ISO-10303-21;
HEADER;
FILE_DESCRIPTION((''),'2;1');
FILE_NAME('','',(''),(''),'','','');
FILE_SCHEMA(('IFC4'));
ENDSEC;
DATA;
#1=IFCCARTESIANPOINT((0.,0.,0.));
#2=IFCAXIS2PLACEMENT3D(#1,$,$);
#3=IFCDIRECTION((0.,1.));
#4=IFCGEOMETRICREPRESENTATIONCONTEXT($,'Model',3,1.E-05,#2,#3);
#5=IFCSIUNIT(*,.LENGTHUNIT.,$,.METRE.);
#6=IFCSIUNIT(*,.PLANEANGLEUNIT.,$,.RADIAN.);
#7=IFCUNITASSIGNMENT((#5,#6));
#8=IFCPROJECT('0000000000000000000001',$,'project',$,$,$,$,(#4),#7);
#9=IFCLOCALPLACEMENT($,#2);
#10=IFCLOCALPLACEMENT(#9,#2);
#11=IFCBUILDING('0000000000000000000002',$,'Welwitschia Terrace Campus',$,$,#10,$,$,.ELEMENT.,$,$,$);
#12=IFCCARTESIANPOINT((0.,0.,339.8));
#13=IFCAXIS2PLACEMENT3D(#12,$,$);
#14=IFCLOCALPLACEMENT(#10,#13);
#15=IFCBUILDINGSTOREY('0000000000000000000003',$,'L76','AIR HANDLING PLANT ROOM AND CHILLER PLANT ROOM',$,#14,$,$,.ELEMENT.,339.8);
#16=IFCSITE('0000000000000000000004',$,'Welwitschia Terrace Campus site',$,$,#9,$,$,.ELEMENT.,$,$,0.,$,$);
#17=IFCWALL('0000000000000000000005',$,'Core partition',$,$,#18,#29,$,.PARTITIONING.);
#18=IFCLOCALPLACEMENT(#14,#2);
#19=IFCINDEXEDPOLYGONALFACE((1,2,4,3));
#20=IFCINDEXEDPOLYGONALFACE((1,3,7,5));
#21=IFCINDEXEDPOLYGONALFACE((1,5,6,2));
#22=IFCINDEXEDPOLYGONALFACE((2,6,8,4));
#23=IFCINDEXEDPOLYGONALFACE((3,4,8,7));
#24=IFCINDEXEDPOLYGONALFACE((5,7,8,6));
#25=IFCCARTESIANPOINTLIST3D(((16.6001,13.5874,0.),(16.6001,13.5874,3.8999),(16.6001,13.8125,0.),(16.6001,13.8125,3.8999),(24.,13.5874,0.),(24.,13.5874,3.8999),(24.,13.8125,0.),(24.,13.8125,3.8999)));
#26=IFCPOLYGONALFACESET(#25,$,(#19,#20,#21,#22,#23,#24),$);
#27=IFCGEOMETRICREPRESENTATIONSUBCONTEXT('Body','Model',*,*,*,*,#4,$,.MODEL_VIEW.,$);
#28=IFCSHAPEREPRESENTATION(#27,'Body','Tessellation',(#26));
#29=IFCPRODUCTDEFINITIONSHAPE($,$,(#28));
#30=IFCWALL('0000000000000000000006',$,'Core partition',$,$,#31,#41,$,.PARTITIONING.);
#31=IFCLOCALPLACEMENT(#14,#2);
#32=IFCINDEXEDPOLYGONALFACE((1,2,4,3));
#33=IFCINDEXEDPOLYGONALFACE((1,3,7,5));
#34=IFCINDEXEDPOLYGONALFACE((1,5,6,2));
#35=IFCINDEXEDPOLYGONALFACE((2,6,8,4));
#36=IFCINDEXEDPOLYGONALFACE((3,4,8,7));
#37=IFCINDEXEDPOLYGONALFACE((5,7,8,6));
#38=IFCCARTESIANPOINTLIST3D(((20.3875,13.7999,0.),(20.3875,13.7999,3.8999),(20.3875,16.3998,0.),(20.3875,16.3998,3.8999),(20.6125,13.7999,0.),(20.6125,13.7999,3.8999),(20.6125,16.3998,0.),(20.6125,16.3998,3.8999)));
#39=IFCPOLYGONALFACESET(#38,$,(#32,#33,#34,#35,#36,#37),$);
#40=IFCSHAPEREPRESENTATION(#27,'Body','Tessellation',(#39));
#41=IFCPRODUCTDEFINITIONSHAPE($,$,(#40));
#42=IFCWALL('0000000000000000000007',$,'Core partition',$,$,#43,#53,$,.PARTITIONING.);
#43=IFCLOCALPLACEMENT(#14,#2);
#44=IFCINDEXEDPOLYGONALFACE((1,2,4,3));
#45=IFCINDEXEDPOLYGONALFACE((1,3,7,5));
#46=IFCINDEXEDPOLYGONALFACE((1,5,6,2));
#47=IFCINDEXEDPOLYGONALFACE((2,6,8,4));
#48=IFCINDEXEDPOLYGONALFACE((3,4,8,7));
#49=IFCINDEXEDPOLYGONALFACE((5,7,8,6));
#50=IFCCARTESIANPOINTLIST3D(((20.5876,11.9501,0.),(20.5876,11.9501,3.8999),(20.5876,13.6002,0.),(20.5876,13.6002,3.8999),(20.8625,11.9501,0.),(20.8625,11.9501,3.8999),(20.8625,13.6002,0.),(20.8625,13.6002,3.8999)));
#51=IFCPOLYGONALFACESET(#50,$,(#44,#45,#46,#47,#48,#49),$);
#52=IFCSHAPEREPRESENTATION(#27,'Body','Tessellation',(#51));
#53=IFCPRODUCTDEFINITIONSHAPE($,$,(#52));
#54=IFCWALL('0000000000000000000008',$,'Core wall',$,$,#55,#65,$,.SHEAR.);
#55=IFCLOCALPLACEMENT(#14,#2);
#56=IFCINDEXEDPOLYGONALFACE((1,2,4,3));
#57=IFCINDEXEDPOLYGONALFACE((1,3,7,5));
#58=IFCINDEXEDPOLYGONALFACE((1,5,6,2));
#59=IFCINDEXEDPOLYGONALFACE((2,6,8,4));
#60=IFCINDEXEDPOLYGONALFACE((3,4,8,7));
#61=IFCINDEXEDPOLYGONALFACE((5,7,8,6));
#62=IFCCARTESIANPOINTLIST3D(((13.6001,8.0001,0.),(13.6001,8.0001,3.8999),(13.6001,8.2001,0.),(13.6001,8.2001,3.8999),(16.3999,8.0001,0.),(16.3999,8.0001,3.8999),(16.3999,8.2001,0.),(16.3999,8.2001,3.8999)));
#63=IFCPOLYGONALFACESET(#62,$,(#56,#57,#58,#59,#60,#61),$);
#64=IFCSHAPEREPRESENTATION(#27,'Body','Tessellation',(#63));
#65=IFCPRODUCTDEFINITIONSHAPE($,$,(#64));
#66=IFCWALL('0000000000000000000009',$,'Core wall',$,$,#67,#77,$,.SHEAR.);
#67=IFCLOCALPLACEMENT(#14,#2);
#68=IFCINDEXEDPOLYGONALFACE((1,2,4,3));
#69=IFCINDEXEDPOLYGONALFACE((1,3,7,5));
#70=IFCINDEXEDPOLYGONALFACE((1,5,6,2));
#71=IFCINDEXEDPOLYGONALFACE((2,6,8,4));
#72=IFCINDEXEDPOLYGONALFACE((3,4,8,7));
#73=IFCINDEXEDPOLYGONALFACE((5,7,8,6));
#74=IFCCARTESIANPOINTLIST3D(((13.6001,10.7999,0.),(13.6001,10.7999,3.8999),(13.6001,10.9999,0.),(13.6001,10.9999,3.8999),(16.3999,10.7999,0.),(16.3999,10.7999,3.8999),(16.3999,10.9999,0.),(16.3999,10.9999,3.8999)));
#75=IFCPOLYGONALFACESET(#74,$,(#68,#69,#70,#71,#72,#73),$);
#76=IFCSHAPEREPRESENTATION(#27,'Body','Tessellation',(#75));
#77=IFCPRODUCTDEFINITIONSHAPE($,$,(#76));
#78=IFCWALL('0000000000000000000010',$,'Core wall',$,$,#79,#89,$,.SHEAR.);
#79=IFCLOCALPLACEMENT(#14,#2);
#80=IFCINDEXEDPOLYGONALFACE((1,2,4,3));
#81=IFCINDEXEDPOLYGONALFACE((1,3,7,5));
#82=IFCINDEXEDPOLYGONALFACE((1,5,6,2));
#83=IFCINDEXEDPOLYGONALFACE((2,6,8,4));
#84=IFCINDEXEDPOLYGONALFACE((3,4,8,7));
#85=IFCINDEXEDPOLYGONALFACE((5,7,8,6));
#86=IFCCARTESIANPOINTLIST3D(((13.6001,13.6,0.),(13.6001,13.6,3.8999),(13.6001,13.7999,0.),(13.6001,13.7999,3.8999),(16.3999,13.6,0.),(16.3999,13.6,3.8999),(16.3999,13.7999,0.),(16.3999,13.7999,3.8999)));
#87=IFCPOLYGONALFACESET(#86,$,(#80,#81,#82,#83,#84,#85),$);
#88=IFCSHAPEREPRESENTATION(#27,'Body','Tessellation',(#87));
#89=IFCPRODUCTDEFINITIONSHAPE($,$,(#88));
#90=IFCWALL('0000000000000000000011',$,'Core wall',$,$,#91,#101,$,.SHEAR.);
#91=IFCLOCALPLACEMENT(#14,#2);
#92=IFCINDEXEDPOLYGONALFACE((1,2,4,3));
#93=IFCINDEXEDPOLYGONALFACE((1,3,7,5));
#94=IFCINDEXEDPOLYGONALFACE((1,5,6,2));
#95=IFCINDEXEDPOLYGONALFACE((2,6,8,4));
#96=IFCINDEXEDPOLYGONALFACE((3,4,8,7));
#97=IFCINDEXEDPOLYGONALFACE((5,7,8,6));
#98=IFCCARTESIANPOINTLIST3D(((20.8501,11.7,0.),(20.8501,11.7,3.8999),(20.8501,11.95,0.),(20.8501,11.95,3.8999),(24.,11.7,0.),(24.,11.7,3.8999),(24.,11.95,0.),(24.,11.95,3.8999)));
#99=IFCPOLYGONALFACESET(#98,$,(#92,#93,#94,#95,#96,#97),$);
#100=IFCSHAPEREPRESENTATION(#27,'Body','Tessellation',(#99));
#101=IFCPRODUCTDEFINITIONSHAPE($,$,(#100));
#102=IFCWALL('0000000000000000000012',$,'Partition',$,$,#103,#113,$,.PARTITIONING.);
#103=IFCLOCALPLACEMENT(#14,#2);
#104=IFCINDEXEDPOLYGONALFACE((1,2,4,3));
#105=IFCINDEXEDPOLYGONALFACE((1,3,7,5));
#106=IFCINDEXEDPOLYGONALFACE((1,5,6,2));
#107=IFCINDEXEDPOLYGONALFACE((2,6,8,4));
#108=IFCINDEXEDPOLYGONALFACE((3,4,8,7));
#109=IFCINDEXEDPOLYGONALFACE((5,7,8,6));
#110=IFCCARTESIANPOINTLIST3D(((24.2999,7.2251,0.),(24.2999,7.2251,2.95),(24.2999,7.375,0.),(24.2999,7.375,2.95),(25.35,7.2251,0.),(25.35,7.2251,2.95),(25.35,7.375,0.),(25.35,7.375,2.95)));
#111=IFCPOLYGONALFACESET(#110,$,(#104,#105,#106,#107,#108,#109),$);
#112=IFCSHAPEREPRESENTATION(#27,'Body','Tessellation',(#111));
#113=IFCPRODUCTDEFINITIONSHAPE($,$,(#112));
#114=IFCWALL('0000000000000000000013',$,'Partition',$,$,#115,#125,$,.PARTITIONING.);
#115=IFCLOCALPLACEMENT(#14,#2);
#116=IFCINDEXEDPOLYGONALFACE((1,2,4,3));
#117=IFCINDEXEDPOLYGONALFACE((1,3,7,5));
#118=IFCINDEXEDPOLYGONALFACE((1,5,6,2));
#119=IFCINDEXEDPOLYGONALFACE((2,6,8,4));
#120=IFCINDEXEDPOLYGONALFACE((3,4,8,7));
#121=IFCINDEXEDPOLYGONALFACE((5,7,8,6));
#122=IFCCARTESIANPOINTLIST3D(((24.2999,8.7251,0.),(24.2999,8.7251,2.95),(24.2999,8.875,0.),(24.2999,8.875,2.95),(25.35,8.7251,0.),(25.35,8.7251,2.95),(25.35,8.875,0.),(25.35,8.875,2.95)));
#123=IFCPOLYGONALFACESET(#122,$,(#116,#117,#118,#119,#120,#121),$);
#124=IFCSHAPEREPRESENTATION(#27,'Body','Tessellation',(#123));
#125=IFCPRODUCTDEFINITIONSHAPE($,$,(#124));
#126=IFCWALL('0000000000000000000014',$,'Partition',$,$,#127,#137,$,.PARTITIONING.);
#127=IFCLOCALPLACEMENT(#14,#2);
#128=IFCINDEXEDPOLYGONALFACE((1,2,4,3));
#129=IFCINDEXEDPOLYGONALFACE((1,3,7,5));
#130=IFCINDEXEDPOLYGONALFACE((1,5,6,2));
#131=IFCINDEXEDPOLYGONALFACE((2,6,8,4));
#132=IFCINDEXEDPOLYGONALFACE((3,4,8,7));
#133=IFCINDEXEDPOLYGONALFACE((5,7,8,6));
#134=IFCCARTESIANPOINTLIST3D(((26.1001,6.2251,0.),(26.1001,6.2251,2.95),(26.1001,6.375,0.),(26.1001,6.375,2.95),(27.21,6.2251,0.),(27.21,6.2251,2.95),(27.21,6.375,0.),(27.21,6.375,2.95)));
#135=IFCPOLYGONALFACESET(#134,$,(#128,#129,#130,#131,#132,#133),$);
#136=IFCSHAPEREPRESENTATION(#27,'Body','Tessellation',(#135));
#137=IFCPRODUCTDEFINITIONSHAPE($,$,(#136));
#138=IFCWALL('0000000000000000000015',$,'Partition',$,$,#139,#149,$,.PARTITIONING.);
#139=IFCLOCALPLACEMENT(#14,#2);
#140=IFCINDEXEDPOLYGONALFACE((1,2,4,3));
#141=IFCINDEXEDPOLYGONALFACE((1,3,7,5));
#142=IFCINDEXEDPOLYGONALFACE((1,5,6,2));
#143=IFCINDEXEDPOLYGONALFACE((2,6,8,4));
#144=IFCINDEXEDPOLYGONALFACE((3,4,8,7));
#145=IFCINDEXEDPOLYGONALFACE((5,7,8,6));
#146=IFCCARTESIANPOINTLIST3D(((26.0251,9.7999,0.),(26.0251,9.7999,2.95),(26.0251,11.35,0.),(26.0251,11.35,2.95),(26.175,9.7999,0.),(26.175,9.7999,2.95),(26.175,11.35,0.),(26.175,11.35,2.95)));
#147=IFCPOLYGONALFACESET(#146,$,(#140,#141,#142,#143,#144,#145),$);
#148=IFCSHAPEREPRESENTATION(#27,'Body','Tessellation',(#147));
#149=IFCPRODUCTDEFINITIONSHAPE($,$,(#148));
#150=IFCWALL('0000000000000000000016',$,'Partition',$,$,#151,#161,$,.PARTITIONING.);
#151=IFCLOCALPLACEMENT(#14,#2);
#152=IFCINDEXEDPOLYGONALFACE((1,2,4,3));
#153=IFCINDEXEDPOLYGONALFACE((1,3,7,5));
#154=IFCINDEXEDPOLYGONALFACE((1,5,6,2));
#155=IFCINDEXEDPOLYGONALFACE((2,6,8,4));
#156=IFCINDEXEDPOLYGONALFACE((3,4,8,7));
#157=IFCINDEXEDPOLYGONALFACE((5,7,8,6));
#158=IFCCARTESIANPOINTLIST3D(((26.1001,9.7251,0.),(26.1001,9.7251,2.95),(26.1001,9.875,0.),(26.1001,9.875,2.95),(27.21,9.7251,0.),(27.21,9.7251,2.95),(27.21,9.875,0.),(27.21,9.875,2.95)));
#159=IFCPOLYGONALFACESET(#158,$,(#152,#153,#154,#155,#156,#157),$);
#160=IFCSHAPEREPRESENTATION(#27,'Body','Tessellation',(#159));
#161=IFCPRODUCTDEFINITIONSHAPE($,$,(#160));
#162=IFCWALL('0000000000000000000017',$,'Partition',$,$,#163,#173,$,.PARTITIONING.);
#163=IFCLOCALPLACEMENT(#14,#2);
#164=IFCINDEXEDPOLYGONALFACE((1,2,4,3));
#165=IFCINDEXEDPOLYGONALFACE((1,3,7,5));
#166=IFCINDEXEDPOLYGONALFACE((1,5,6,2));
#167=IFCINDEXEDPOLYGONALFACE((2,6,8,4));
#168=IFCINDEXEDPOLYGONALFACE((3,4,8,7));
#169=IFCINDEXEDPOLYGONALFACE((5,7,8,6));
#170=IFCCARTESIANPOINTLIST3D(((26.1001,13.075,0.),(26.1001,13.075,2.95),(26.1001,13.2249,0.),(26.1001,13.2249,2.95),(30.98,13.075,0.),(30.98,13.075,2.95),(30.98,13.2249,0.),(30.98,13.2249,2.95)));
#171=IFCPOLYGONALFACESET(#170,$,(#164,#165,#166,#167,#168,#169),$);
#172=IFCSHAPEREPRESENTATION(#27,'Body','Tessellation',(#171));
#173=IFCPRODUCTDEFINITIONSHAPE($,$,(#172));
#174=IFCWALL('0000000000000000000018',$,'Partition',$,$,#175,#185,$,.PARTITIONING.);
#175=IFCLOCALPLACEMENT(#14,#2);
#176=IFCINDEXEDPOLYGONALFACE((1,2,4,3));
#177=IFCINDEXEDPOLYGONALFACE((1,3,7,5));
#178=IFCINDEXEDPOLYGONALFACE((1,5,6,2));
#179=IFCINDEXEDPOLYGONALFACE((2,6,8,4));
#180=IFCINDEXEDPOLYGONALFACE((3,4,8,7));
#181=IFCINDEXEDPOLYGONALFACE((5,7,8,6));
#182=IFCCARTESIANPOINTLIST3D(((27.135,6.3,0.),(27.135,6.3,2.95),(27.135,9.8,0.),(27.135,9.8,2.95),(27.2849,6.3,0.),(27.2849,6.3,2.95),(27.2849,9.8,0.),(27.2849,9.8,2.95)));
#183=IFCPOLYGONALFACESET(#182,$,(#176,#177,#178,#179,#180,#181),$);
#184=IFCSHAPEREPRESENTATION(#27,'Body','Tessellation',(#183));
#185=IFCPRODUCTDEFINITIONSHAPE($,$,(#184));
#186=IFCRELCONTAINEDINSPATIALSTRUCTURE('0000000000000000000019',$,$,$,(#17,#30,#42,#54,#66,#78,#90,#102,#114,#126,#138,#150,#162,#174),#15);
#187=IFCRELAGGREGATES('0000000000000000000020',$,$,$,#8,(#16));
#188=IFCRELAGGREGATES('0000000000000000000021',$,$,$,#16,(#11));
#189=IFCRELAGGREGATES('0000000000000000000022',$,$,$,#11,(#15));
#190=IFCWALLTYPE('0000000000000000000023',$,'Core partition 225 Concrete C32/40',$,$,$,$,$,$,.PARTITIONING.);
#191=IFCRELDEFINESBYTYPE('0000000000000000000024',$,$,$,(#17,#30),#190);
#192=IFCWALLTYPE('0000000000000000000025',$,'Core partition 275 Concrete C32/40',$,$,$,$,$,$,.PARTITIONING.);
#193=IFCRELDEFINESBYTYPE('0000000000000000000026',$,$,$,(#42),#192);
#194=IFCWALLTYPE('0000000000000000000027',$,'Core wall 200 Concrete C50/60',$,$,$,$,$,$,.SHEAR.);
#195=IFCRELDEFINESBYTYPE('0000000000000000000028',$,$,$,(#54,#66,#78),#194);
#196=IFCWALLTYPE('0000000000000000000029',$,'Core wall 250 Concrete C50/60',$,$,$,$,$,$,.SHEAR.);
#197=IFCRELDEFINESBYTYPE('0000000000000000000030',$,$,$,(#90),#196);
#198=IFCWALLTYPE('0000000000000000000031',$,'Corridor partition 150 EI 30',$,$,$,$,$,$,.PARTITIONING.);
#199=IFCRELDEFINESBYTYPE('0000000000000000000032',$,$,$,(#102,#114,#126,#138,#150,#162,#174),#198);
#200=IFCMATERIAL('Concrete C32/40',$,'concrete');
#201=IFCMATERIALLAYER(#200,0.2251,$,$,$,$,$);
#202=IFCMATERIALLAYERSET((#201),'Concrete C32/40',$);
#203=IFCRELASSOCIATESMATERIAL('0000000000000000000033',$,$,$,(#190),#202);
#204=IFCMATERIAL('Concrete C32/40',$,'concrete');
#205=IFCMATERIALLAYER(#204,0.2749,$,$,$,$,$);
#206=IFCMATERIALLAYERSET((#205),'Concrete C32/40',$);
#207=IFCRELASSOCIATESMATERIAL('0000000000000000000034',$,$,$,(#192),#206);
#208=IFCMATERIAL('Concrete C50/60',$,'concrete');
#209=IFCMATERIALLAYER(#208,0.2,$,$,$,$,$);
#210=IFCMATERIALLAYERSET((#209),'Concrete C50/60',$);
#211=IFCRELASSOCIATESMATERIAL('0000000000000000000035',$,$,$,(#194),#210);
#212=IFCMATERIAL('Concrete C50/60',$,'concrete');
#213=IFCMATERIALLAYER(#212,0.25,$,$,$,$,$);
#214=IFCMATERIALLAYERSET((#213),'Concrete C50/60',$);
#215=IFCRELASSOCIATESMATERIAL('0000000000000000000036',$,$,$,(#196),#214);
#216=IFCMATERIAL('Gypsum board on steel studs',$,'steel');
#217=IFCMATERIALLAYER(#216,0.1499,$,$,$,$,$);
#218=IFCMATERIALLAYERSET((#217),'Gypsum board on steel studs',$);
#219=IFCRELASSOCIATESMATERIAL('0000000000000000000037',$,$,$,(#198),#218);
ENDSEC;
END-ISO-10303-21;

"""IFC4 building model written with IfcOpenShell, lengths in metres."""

from ifc_helpers import new_model, si_unit, direction, frame, frame_2d, origin, place, context, subcontext, project, spatial, rectangle, extrude, material, layer, layer_set, type_object, element, save


model = new_model("IFC4")

# Units and contexts
model_context = context("Model", 3, precision=1e-05, world=origin(), true_north=direction((0.0, 1.0)))
body_context = subcontext(model_context, "Body", "Model", "MODEL_VIEW")
ifc_project = project(units=[si_unit("LENGTHUNIT", "METRE"), si_unit("PLANEANGLEUNIT", "RADIAN")], contexts=[model_context])

# Site, building, storey
site_placement = place(None, origin())
site = spatial("IfcSite", under=ifc_project, at=site_placement, Name="Welwitschia Terrace Campus site", CompositionType="ELEMENT", RefElevation=0.0)
building_placement = place(site_placement, origin())
building = spatial("IfcBuilding", under=site, at=building_placement, Name="Welwitschia Terrace Campus", CompositionType="ELEMENT")
storey_placement = place(building_placement, frame((0.0, 0.0, 339.8)))
storey = spatial("IfcBuildingStorey", under=building, at=storey_placement, Name="L76", Description="AIR HANDLING PLANT ROOM AND CHILLER PLANT ROOM", CompositionType="ELEMENT", Elevation=339.8)

# Walls
ifc_material_1 = material(Name="Concrete C32/40", Category="concrete")
ifc_layer_1 = layer(ifc_material_1, 0.2251)
ifc_layer_set_1 = layer_set([ifc_layer_1], Name="Concrete C32/40")
wall_type_1 = type_object("IfcWallType", Name="Core partition 225 Concrete C32/40", PredefinedType="PARTITIONING", material=ifc_layer_set_1)
wall_1_placement = place(storey_placement, frame((16.6001, 13.7, 0.0), z_axis=(0.0, 0.0, 1.0), x_axis=(1.0, 0.0, 0.0)))
element("IfcWall", 1, at=wall_1_placement, inside=storey, type_object=wall_type_1, Name="Core partition", PredefinedType="PARTITIONING", context=body_context, shape_type="SweptSolid", body=[
    extrude(rectangle(XDim=7.3999, YDim=0.2251, at=frame_2d((3.7, 0.0))), origin(), (0.0, 0.0, 1.0), 3.8999),
])
wall_2_placement = place(storey_placement, frame((20.5, 13.8, 0.0), z_axis=(0.0, 0.0, 1.0), x_axis=(0.0, 1.0, 0.0)))
element("IfcWall", 2, at=wall_2_placement, inside=storey, type_object=wall_type_1, Name="Core partition", PredefinedType="PARTITIONING", context=body_context, shape_type="SweptSolid", body=[
    extrude(rectangle(XDim=2.5999, YDim=0.2251, at=frame_2d((1.2998, 0.0))), origin(), (0.0, 0.0, 1.0), 3.8999),
])
ifc_material_2 = material(Name="Concrete C32/40", Category="concrete")
ifc_layer_2 = layer(ifc_material_2, 0.2749)
ifc_layer_set_2 = layer_set([ifc_layer_2], Name="Concrete C32/40")
wall_type_2 = type_object("IfcWallType", Name="Core partition 275 Concrete C32/40", PredefinedType="PARTITIONING", material=ifc_layer_set_2)
wall_3_placement = place(storey_placement, frame((20.7251, 11.95, 0.0), z_axis=(0.0, 0.0, 1.0), x_axis=(0.0, 1.0, 0.0)))
element("IfcWall", 3, at=wall_3_placement, inside=storey, type_object=wall_type_2, Name="Core partition", PredefinedType="PARTITIONING", context=body_context, shape_type="SweptSolid", body=[
    extrude(rectangle(XDim=1.6501, YDim=0.2749, at=frame_2d((0.8252, 0.0))), origin(), (0.0, 0.0, 1.0), 3.8999),
])
ifc_material_3 = material(Name="Concrete C50/60", Category="concrete")
ifc_layer_3 = layer(ifc_material_3, 0.2)
ifc_layer_set_3 = layer_set([ifc_layer_3], Name="Concrete C50/60")
wall_type_3 = type_object("IfcWallType", Name="Core wall 200 Concrete C50/60", PredefinedType="SHEAR", material=ifc_layer_set_3)
for number, where, z_axis, x_axis, name in (
    (4, (13.6001, 8.1001, 0.0), (0.0, 0.0, 1.0), (1.0, 0.0, 0.0), "Core wall"),
    (5, (13.6001, 10.8999, 0.0), (0.0, 0.0, 1.0), (1.0, 0.0, 0.0), "Core wall"),
    (6, (13.6001, 13.7, 0.0), (0.0, 0.0, 1.0), (1.0, 0.0, 0.0), "Core wall"),
):
    element("IfcWall", number, at=place(storey_placement, frame(where, z_axis=z_axis, x_axis=x_axis)), inside=storey, type_object=wall_type_3, Name=name, PredefinedType="SHEAR", context=body_context, shape_type="SweptSolid", body=[
        extrude(rectangle(XDim=2.7998, YDim=0.2, at=frame_2d((1.3999, 0.0))), origin(), (0.0, 0.0, 1.0), 3.8999),
    ])
ifc_material_4 = material(Name="Concrete C50/60", Category="concrete")
ifc_layer_4 = layer(ifc_material_4, 0.25)
ifc_layer_set_4 = layer_set([ifc_layer_4], Name="Concrete C50/60")
wall_type_4 = type_object("IfcWallType", Name="Core wall 250 Concrete C50/60", PredefinedType="SHEAR", material=ifc_layer_set_4)
wall_4_placement = place(storey_placement, frame((20.8501, 11.825, 0.0), z_axis=(0.0, 0.0, 1.0), x_axis=(1.0, 0.0, 0.0)))
element("IfcWall", 7, at=wall_4_placement, inside=storey, type_object=wall_type_4, Name="Core wall", PredefinedType="SHEAR", context=body_context, shape_type="SweptSolid", body=[
    extrude(rectangle(XDim=3.1499, YDim=0.25, at=frame_2d((1.575, 0.0))), origin(), (0.0, 0.0, 1.0), 3.8999),
])
ifc_material_5 = material(Name="Gypsum board on steel studs", Category="steel")
ifc_layer_5 = layer(ifc_material_5, 0.1499)
ifc_layer_set_5 = layer_set([ifc_layer_5], Name="Gypsum board on steel studs")
wall_type_5 = type_object("IfcWallType", Name="Corridor partition 150 EI 30", PredefinedType="PARTITIONING", material=ifc_layer_set_5)
for number, where, z_axis, x_axis, name in (
    (8, (24.3, 7.3, 0.0), (0.0, 0.0, 1.0), (1.0, 0.0, 0.0), "Partition"),
    (9, (24.3, 8.8, 0.0), (0.0, 0.0, 1.0), (1.0, 0.0, 0.0), "Partition"),
):
    element("IfcWall", number, at=place(storey_placement, frame(where, z_axis=z_axis, x_axis=x_axis)), inside=storey, type_object=wall_type_5, Name=name, PredefinedType="PARTITIONING", context=body_context, shape_type="SweptSolid", body=[
        extrude(rectangle(XDim=1.05, YDim=0.1499, at=frame_2d((0.5249, 0.0))), origin(), (0.0, 0.0, 1.0), 2.95),
    ])
wall_5_placement = place(storey_placement, frame((26.1001, 6.3, 0.0), z_axis=(0.0, 0.0, 1.0), x_axis=(1.0, 0.0, 0.0)))
element("IfcWall", 10, at=wall_5_placement, inside=storey, type_object=wall_type_5, Name="Partition", PredefinedType="PARTITIONING", context=body_context, shape_type="SweptSolid", body=[
    extrude(rectangle(XDim=1.1099, YDim=0.1499, at=frame_2d((0.5549, 0.0))), origin(), (0.0, 0.0, 1.0), 2.95),
])
wall_6_placement = place(storey_placement, frame((26.1001, 9.8, 0.0), z_axis=(0.0, 0.0, 1.0), x_axis=(0.0, 1.0, 0.0)))
element("IfcWall", 11, at=wall_6_placement, inside=storey, type_object=wall_type_5, Name="Partition", PredefinedType="PARTITIONING", context=body_context, shape_type="SweptSolid", body=[
    extrude(rectangle(XDim=1.55, YDim=0.1499, at=frame_2d((0.7749, 0.0))), origin(), (0.0, 0.0, 1.0), 2.95),
])
wall_7_placement = place(storey_placement, frame((26.1001, 9.8, 0.0), z_axis=(0.0, 0.0, 1.0), x_axis=(1.0, 0.0, 0.0)))
element("IfcWall", 12, at=wall_7_placement, inside=storey, type_object=wall_type_5, Name="Partition", PredefinedType="PARTITIONING", context=body_context, shape_type="SweptSolid", body=[
    extrude(rectangle(XDim=1.1099, YDim=0.1499, at=frame_2d((0.5549, 0.0))), origin(), (0.0, 0.0, 1.0), 2.95),
])
wall_8_placement = place(storey_placement, frame((26.1001, 13.1499, 0.0), z_axis=(0.0, 0.0, 1.0), x_axis=(1.0, 0.0, 0.0)))
element("IfcWall", 13, at=wall_8_placement, inside=storey, type_object=wall_type_5, Name="Partition", PredefinedType="PARTITIONING", context=body_context, shape_type="SweptSolid", body=[
    extrude(rectangle(XDim=4.8799, YDim=0.1499, at=frame_2d((2.4399, 0.0))), origin(), (0.0, 0.0, 1.0), 2.95),
])
wall_9_placement = place(storey_placement, frame((27.21, 6.3, 0.0), z_axis=(0.0, 0.0, 1.0), x_axis=(0.0, 1.0, 0.0)))
element("IfcWall", 14, at=wall_9_placement, inside=storey, type_object=wall_type_5, Name="Partition", PredefinedType="PARTITIONING", context=body_context, shape_type="SweptSolid", body=[
    extrude(rectangle(XDim=3.5, YDim=0.1499, at=frame_2d((1.75, 0.0))), origin(), (0.0, 0.0, 1.0), 2.95),
])

save(model, "model.ifc")
